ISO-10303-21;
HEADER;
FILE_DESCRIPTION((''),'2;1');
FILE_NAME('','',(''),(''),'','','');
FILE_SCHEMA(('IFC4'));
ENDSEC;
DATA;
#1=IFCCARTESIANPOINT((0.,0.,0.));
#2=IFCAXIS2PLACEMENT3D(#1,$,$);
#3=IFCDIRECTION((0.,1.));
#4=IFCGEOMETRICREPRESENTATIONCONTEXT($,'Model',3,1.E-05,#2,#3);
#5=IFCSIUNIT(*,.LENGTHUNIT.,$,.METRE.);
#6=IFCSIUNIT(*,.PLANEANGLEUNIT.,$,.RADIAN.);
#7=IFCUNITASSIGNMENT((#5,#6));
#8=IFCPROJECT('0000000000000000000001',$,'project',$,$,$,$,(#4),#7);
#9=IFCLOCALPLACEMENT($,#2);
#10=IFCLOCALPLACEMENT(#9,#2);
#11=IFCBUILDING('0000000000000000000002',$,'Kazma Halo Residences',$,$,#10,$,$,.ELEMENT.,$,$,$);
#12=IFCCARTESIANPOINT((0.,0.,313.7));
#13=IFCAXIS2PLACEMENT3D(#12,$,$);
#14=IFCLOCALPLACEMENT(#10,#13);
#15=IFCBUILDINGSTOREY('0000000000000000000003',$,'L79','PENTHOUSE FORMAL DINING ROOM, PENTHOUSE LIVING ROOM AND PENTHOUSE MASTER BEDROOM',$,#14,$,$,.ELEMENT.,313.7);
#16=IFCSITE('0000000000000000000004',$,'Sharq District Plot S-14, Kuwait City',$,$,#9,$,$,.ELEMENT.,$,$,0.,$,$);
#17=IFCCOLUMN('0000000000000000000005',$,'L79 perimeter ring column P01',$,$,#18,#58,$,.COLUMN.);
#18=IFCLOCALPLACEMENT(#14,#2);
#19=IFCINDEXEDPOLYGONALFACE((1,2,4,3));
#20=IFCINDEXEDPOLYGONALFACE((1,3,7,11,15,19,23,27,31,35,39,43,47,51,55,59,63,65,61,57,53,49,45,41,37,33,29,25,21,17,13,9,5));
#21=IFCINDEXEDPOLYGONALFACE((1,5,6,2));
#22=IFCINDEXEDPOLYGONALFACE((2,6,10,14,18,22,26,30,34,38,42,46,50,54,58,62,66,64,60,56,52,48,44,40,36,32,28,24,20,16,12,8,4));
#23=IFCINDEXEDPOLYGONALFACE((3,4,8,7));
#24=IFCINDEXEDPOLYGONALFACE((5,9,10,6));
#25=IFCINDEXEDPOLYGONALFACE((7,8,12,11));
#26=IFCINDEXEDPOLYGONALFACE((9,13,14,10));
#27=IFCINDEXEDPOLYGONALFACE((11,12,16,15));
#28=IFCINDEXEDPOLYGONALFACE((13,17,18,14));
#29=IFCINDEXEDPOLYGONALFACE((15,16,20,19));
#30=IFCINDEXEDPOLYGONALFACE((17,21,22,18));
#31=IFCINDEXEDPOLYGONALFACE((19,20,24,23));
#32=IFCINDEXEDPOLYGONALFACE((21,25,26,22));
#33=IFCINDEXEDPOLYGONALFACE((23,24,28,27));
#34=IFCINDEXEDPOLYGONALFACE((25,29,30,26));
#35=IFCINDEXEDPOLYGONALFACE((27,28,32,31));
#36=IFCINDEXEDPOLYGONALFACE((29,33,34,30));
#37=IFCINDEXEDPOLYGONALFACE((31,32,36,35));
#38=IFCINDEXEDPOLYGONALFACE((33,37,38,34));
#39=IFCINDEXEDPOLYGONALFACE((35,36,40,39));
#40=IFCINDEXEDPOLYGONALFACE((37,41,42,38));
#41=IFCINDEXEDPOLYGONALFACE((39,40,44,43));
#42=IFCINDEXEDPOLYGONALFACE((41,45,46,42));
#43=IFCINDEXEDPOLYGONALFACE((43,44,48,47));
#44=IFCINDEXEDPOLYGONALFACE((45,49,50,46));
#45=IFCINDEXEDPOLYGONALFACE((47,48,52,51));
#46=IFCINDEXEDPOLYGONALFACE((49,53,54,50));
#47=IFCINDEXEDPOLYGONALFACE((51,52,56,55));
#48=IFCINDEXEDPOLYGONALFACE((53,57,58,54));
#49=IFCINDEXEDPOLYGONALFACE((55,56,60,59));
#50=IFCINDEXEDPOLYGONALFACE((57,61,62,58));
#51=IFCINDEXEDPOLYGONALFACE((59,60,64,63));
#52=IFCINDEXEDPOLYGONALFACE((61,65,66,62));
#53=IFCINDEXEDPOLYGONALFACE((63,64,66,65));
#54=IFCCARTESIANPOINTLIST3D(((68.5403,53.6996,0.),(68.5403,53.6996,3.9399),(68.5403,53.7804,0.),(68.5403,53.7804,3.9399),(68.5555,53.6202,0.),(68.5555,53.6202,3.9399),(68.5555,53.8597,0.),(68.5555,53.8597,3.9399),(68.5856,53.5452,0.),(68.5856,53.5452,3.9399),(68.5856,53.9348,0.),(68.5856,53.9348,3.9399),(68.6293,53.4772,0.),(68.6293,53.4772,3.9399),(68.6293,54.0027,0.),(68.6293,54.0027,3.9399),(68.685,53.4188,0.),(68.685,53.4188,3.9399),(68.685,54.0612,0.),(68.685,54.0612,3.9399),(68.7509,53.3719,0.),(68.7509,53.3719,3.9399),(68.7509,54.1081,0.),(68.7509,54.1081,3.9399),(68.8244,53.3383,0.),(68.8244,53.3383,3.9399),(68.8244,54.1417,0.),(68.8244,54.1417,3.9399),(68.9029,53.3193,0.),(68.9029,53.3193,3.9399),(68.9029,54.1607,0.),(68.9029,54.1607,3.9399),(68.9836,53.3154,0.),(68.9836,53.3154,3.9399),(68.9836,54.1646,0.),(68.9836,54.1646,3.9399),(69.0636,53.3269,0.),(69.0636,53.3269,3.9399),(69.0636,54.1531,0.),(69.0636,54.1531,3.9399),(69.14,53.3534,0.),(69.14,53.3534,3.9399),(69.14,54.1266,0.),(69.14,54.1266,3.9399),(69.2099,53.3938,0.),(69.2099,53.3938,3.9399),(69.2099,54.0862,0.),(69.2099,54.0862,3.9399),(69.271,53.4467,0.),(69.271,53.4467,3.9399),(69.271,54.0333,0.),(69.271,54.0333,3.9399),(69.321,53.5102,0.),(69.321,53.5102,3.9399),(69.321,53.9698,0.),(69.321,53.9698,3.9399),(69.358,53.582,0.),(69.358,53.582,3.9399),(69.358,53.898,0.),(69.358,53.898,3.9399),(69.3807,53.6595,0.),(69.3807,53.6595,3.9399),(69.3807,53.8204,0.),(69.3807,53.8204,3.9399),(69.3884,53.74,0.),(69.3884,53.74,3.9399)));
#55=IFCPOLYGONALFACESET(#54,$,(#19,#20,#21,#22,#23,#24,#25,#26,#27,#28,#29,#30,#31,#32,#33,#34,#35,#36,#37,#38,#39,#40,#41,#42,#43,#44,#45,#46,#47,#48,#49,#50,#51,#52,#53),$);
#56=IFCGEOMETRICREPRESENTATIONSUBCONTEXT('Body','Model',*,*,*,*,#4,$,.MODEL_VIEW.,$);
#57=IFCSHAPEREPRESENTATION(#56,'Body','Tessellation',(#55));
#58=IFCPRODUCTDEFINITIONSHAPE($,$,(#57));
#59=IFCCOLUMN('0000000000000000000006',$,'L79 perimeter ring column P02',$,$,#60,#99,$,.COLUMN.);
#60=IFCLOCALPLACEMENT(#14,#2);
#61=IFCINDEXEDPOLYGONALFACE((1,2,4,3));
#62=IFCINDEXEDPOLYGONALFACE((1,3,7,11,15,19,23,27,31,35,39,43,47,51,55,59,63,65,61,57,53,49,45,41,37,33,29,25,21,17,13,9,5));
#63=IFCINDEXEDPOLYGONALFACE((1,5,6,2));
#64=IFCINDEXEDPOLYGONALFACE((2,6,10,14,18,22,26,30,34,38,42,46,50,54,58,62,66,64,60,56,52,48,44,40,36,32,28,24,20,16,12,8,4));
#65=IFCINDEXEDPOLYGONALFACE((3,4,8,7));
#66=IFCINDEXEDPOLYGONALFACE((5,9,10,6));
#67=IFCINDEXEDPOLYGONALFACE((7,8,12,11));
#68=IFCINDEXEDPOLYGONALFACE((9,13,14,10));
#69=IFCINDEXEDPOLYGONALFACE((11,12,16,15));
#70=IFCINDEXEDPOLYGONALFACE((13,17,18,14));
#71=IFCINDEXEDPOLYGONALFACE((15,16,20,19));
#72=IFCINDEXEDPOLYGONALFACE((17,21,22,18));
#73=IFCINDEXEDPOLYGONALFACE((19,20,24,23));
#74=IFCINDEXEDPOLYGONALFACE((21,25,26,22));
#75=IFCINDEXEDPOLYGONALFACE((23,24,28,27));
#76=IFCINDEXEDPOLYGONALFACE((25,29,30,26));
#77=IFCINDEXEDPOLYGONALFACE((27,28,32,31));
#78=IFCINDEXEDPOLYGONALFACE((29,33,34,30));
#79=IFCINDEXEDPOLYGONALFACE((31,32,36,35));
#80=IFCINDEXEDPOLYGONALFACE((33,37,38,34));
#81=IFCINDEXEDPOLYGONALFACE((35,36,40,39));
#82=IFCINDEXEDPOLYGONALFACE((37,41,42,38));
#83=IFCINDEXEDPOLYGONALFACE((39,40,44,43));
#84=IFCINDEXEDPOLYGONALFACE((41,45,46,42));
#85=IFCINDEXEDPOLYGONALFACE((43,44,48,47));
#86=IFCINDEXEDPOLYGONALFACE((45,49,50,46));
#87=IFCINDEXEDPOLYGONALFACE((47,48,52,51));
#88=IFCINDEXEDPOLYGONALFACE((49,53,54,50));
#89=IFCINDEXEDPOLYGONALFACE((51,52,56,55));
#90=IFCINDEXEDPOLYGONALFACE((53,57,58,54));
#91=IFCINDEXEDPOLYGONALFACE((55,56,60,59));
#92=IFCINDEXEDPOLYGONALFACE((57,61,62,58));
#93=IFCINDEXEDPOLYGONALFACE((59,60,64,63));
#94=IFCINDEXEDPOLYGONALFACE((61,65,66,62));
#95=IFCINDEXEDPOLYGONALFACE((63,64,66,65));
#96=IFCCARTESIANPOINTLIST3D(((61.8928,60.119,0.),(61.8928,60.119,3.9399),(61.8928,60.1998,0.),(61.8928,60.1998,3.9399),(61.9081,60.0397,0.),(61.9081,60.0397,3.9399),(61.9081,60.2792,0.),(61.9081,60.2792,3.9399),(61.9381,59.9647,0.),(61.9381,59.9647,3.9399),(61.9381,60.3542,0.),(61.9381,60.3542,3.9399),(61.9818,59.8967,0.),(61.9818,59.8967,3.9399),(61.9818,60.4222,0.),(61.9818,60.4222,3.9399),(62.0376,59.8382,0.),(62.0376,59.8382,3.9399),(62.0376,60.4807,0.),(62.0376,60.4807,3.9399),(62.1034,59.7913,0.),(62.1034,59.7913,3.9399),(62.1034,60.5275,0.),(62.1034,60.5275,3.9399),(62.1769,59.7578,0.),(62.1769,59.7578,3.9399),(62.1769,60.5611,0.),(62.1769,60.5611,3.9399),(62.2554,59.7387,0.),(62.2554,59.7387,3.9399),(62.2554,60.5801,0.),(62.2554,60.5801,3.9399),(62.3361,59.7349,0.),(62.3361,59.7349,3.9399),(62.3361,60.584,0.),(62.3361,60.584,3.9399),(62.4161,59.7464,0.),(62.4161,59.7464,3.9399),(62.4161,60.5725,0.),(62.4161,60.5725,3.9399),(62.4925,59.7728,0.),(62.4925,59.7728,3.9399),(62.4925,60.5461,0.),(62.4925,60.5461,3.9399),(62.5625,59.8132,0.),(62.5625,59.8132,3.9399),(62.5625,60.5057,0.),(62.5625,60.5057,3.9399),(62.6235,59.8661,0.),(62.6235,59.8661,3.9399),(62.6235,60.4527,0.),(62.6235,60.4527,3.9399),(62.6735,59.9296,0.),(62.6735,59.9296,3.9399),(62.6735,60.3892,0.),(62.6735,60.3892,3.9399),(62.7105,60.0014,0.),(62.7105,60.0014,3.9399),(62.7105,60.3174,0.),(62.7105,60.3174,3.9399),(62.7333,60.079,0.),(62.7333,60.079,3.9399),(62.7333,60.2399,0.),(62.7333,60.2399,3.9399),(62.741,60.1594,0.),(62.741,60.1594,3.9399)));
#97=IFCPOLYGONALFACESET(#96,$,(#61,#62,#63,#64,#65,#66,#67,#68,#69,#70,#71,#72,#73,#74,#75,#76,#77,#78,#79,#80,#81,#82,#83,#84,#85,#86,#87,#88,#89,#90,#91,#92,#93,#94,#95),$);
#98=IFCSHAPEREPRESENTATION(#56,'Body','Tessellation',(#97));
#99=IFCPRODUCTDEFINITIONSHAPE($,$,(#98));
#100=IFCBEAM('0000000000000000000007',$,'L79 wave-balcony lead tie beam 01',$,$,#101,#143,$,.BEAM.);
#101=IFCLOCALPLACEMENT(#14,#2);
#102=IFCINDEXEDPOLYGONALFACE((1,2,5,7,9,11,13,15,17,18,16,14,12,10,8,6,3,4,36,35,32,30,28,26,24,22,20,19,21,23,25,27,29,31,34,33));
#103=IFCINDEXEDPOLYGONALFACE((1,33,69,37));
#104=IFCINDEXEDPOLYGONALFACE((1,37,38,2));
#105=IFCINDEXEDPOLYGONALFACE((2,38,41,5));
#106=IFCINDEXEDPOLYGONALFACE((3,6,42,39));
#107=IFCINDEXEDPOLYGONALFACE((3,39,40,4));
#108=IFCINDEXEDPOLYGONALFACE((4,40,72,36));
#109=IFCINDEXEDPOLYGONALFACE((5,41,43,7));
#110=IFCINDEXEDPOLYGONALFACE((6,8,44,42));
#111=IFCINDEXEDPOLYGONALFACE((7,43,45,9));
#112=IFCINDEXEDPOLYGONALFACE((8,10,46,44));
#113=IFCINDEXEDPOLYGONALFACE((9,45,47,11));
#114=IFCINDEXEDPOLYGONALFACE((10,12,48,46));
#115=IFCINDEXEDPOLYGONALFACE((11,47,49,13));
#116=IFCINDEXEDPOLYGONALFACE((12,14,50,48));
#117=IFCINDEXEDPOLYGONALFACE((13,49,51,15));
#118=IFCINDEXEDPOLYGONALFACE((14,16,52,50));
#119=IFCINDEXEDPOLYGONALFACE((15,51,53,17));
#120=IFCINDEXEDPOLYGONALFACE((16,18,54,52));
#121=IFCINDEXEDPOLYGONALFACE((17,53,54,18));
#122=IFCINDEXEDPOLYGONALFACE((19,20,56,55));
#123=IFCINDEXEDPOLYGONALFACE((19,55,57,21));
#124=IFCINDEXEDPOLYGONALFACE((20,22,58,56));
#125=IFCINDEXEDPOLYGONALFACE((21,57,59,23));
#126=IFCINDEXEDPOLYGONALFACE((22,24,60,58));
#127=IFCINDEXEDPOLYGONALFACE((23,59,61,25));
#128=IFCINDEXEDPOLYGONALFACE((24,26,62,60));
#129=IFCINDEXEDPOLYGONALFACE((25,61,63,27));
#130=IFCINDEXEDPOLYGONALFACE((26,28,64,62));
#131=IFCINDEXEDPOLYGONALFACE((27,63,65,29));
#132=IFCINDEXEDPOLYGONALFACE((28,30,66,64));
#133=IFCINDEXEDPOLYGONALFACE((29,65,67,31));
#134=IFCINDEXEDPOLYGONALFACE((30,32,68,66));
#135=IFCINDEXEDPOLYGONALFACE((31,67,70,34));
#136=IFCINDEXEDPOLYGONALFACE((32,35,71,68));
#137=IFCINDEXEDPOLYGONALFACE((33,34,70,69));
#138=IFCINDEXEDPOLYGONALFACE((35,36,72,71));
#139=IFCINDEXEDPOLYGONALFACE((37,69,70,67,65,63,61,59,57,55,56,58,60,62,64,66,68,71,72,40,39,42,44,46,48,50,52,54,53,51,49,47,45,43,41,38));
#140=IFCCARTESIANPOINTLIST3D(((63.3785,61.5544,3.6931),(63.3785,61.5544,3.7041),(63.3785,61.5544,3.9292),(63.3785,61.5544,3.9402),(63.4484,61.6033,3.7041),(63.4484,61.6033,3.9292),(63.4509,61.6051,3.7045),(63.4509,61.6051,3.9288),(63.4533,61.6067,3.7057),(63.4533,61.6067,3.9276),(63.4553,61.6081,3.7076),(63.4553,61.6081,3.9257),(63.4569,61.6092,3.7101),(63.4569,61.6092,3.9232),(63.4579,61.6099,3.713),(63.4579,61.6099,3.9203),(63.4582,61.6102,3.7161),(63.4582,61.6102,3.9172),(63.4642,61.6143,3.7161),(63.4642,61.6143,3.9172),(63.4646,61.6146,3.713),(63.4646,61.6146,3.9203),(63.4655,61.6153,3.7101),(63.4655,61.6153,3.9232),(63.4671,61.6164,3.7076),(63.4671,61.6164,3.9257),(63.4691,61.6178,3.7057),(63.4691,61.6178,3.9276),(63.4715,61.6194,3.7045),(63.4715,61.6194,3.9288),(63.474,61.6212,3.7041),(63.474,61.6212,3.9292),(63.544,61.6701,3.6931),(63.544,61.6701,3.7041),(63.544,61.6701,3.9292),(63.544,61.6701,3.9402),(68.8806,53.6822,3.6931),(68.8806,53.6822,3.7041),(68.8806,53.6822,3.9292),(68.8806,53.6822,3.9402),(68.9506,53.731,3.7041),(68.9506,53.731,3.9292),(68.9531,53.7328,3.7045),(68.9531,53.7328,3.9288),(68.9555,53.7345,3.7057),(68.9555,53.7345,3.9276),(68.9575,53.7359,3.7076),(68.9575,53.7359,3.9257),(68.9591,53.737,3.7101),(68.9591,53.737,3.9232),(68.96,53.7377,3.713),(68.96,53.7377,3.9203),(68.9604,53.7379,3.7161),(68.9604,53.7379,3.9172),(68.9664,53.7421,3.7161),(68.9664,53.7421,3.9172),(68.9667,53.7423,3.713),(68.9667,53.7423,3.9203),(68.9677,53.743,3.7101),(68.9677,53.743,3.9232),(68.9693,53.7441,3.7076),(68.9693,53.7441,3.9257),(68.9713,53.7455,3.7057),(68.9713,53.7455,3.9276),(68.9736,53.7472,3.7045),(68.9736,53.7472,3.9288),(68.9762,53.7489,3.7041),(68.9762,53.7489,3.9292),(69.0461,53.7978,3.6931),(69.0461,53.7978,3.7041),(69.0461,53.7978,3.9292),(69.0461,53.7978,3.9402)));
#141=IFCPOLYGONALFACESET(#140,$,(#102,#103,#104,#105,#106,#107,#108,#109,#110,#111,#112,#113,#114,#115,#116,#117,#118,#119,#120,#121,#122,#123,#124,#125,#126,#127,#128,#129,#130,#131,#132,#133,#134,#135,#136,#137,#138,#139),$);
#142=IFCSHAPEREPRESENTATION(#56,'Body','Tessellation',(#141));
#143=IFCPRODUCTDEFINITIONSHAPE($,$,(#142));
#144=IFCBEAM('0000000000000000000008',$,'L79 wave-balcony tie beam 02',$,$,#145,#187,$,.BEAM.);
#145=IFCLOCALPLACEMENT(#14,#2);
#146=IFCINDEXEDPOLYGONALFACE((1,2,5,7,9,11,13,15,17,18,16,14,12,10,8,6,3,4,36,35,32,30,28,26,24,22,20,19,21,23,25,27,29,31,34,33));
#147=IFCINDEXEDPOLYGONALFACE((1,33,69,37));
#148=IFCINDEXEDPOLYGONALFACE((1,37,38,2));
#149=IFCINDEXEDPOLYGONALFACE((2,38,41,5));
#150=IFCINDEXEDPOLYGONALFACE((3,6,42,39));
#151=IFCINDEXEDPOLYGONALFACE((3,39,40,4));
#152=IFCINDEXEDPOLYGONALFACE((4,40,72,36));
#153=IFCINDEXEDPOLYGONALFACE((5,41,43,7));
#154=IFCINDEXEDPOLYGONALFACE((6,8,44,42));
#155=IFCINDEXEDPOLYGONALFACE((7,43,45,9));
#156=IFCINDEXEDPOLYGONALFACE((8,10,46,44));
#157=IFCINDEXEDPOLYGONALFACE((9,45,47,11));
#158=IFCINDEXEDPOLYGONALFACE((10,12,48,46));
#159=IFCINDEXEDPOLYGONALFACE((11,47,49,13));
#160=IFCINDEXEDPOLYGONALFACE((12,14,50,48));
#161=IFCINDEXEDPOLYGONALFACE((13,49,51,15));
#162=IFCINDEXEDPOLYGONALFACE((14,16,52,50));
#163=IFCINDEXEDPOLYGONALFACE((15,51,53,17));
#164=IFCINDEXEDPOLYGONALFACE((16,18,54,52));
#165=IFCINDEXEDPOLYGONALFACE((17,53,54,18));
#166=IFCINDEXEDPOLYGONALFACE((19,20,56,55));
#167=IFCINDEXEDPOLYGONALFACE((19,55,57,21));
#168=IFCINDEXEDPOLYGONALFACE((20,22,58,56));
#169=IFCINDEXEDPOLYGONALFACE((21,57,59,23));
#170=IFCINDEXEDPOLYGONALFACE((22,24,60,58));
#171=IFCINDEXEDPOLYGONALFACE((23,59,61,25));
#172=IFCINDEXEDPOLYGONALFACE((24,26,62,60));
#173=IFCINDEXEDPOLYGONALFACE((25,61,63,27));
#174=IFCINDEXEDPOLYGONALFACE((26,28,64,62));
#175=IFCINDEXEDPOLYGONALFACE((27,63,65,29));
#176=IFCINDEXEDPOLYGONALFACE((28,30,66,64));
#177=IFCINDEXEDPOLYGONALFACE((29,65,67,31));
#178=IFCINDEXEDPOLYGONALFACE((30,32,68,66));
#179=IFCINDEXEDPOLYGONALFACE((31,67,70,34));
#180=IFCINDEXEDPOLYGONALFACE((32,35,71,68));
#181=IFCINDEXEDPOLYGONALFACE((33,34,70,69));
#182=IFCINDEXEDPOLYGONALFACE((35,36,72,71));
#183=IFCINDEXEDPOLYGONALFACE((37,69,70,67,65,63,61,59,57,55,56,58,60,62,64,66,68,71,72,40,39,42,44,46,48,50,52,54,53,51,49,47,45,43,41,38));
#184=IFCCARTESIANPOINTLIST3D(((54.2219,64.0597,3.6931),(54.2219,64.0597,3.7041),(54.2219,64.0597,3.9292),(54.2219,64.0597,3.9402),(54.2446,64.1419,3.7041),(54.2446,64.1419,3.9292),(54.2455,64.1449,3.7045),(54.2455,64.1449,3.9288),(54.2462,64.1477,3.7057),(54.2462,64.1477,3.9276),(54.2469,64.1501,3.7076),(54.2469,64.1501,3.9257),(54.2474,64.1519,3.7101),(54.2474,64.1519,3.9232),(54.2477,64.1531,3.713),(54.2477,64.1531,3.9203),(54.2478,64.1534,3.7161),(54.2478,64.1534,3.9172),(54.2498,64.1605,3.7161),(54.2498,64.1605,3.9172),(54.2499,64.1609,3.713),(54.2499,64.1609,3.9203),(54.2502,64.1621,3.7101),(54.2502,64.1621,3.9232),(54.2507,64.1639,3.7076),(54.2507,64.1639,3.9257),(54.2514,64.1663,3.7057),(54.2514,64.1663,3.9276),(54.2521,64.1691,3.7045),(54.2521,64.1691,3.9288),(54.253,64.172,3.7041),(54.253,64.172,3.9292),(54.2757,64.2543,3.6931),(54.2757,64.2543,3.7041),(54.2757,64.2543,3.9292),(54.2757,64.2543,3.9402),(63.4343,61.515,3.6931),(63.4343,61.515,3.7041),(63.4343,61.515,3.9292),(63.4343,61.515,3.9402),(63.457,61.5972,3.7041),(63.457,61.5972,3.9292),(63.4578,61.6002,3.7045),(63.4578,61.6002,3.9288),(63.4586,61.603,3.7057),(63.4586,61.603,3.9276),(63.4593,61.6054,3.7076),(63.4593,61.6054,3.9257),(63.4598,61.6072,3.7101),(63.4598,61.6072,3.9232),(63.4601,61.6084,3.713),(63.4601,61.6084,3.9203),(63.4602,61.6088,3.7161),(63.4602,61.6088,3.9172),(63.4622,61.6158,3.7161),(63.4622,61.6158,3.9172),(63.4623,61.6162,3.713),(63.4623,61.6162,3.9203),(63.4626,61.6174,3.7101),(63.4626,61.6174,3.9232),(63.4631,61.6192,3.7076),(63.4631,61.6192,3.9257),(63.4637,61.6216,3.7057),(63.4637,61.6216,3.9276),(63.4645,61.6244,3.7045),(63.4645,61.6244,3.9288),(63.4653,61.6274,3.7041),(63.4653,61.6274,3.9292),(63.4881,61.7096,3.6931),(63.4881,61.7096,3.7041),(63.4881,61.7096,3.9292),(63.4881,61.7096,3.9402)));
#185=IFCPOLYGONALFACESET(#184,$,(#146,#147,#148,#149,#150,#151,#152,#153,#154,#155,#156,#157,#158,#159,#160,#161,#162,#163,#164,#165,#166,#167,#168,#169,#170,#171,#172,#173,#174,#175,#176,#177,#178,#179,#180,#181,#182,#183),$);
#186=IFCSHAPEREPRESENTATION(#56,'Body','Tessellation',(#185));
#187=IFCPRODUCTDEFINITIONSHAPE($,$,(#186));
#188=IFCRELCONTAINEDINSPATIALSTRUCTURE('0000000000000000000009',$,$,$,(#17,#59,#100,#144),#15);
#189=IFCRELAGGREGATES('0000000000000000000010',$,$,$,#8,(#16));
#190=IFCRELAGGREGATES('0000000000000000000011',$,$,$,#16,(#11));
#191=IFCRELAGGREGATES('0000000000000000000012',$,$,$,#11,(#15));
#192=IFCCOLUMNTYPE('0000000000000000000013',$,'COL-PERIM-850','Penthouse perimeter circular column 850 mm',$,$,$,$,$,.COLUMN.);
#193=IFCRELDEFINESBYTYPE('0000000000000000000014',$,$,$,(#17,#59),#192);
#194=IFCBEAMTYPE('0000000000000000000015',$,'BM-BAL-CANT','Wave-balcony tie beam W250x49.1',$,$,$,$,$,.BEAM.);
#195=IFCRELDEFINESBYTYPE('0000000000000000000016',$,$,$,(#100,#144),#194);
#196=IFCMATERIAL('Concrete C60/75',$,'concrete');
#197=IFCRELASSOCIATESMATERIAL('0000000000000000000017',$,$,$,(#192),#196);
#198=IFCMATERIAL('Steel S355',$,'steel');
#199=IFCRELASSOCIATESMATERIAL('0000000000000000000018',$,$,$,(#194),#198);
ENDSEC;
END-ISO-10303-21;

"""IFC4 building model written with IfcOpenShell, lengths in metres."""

from ifc_helpers import new_model, si_unit, direction, frame, origin, origin_2d, place, context, subcontext, project, spatial, circle, i_section, extrude, material, material_profile, profile_set, type_object, element, save


model = new_model("IFC4")

# Units and contexts
model_context = context("Model", 3, precision=1e-05, world=origin(), true_north=direction((0.0, 1.0)))
body_context = subcontext(model_context, "Body", "Model", "MODEL_VIEW")
ifc_project = project(units=[si_unit("LENGTHUNIT", "METRE"), si_unit("PLANEANGLEUNIT", "RADIAN")], contexts=[model_context])

# Site, building, storey
site_placement = place(None, origin())
site = spatial("IfcSite", under=ifc_project, at=site_placement, Name="Sharq District Plot S-14, Kuwait City", CompositionType="ELEMENT", RefElevation=0.0)
building_placement = place(site_placement, origin())
building = spatial("IfcBuilding", under=site, at=building_placement, Name="Kazma Halo Residences", CompositionType="ELEMENT")
storey_placement = place(building_placement, frame((0.0, 0.0, 313.7)))
storey = spatial("IfcBuildingStorey", under=building, at=storey_placement, Name="L79", Description="PENTHOUSE FORMAL DINING ROOM, PENTHOUSE LIVING ROOM AND PENTHOUSE MASTER BEDROOM", CompositionType="ELEMENT", Elevation=313.7)

# Columns
ifc_material_1 = material(Name="Concrete C60/75", Category="concrete")
ifc_material_profile_1 = material_profile(ifc_material_1, circle(Radius=0.425, at=origin_2d()), Name="CIRC850")
ifc_profile_set_1 = profile_set([ifc_material_profile_1], Name="Concrete C60/75")
column_type = type_object("IfcColumnType", Name="COL-PERIM-850", Description="Penthouse perimeter circular column 850 mm", PredefinedType="COLUMN", material=ifc_profile_set_1)
for number, where, z_axis, x_axis, name in (
    (1, (68.9634, 53.74, 0.0), (0.0, 0.0, 1.0), (1.0, 0.0, 0.0), "L79 perimeter ring column P01"),
    (2, (62.3159, 60.1594, 0.0), (0.0, 0.0, 1.0), (1.0, 0.0, 0.0), "L79 perimeter ring column P02"),
):
    element("IfcColumn", number, at=place(storey_placement, frame(where, z_axis=z_axis, x_axis=x_axis)), inside=storey, type_object=column_type, Name=name, PredefinedType="COLUMN", context=body_context, shape_type="SweptSolid", body=[
        extrude(circle(Radius=0.425, at=origin_2d()), origin(), (0.0, 0.0, 1.0), 3.9399),
    ])

# Beams
ifc_material_2 = material(Name="Steel S355", Category="steel")
ifc_material_profile_2 = material_profile(ifc_material_2, i_section(OverallWidth=0.2019, OverallDepth=0.2471, WebThickness=0.0073, FlangeThickness=0.011, FilletRadius=0.012, at=origin_2d()), Name="W250x49.1")
ifc_profile_set_2 = profile_set([ifc_material_profile_2], Name="Steel S355")
beam_type_1 = type_object("IfcBeamType", Name="BM-BAL-CANT", Description="Wave-balcony tie beam W250x49.1", PredefinedType="BEAM", material=ifc_profile_set_2)
beam_1_placement = place(storey_placement, frame((68.9634, 53.74, 3.8167), z_axis=(-0.572874, 0.819644, 0.0), x_axis=(-0.819644, -0.572874, 0.0)))
element("IfcBeam", 3, at=beam_1_placement, inside=storey, type_object=beam_type_1, Name="L79 wave-balcony lead tie beam 01", PredefinedType="BEAM", context=body_context, shape_type="SweptSolid", body=[
    extrude(i_section(OverallWidth=0.2019, OverallDepth=0.2471, WebThickness=0.0073, FlangeThickness=0.011, FilletRadius=0.012, at=origin_2d()), origin(), (0.0, 0.0, 1.0), 9.6045),
])
beam_2_placement = place(storey_placement, frame((63.4612, 61.6123, 3.8167), z_axis=(-0.963903, 0.266252, 0.0), x_axis=(-0.266252, -0.963903, 0.0)))
element("IfcBeam", 4, at=beam_2_placement, inside=storey, type_object=beam_type_1, Name="L79 wave-balcony tie beam 02", PredefinedType="BEAM", context=body_context, shape_type="SweptSolid", body=[
    extrude(i_section(OverallWidth=0.2019, OverallDepth=0.2471, WebThickness=0.0073, FlangeThickness=0.011, FilletRadius=0.012, at=origin_2d()), origin(), (0.0, 0.0, 1.0), 9.5574),
])

save(model, "model.ifc")
